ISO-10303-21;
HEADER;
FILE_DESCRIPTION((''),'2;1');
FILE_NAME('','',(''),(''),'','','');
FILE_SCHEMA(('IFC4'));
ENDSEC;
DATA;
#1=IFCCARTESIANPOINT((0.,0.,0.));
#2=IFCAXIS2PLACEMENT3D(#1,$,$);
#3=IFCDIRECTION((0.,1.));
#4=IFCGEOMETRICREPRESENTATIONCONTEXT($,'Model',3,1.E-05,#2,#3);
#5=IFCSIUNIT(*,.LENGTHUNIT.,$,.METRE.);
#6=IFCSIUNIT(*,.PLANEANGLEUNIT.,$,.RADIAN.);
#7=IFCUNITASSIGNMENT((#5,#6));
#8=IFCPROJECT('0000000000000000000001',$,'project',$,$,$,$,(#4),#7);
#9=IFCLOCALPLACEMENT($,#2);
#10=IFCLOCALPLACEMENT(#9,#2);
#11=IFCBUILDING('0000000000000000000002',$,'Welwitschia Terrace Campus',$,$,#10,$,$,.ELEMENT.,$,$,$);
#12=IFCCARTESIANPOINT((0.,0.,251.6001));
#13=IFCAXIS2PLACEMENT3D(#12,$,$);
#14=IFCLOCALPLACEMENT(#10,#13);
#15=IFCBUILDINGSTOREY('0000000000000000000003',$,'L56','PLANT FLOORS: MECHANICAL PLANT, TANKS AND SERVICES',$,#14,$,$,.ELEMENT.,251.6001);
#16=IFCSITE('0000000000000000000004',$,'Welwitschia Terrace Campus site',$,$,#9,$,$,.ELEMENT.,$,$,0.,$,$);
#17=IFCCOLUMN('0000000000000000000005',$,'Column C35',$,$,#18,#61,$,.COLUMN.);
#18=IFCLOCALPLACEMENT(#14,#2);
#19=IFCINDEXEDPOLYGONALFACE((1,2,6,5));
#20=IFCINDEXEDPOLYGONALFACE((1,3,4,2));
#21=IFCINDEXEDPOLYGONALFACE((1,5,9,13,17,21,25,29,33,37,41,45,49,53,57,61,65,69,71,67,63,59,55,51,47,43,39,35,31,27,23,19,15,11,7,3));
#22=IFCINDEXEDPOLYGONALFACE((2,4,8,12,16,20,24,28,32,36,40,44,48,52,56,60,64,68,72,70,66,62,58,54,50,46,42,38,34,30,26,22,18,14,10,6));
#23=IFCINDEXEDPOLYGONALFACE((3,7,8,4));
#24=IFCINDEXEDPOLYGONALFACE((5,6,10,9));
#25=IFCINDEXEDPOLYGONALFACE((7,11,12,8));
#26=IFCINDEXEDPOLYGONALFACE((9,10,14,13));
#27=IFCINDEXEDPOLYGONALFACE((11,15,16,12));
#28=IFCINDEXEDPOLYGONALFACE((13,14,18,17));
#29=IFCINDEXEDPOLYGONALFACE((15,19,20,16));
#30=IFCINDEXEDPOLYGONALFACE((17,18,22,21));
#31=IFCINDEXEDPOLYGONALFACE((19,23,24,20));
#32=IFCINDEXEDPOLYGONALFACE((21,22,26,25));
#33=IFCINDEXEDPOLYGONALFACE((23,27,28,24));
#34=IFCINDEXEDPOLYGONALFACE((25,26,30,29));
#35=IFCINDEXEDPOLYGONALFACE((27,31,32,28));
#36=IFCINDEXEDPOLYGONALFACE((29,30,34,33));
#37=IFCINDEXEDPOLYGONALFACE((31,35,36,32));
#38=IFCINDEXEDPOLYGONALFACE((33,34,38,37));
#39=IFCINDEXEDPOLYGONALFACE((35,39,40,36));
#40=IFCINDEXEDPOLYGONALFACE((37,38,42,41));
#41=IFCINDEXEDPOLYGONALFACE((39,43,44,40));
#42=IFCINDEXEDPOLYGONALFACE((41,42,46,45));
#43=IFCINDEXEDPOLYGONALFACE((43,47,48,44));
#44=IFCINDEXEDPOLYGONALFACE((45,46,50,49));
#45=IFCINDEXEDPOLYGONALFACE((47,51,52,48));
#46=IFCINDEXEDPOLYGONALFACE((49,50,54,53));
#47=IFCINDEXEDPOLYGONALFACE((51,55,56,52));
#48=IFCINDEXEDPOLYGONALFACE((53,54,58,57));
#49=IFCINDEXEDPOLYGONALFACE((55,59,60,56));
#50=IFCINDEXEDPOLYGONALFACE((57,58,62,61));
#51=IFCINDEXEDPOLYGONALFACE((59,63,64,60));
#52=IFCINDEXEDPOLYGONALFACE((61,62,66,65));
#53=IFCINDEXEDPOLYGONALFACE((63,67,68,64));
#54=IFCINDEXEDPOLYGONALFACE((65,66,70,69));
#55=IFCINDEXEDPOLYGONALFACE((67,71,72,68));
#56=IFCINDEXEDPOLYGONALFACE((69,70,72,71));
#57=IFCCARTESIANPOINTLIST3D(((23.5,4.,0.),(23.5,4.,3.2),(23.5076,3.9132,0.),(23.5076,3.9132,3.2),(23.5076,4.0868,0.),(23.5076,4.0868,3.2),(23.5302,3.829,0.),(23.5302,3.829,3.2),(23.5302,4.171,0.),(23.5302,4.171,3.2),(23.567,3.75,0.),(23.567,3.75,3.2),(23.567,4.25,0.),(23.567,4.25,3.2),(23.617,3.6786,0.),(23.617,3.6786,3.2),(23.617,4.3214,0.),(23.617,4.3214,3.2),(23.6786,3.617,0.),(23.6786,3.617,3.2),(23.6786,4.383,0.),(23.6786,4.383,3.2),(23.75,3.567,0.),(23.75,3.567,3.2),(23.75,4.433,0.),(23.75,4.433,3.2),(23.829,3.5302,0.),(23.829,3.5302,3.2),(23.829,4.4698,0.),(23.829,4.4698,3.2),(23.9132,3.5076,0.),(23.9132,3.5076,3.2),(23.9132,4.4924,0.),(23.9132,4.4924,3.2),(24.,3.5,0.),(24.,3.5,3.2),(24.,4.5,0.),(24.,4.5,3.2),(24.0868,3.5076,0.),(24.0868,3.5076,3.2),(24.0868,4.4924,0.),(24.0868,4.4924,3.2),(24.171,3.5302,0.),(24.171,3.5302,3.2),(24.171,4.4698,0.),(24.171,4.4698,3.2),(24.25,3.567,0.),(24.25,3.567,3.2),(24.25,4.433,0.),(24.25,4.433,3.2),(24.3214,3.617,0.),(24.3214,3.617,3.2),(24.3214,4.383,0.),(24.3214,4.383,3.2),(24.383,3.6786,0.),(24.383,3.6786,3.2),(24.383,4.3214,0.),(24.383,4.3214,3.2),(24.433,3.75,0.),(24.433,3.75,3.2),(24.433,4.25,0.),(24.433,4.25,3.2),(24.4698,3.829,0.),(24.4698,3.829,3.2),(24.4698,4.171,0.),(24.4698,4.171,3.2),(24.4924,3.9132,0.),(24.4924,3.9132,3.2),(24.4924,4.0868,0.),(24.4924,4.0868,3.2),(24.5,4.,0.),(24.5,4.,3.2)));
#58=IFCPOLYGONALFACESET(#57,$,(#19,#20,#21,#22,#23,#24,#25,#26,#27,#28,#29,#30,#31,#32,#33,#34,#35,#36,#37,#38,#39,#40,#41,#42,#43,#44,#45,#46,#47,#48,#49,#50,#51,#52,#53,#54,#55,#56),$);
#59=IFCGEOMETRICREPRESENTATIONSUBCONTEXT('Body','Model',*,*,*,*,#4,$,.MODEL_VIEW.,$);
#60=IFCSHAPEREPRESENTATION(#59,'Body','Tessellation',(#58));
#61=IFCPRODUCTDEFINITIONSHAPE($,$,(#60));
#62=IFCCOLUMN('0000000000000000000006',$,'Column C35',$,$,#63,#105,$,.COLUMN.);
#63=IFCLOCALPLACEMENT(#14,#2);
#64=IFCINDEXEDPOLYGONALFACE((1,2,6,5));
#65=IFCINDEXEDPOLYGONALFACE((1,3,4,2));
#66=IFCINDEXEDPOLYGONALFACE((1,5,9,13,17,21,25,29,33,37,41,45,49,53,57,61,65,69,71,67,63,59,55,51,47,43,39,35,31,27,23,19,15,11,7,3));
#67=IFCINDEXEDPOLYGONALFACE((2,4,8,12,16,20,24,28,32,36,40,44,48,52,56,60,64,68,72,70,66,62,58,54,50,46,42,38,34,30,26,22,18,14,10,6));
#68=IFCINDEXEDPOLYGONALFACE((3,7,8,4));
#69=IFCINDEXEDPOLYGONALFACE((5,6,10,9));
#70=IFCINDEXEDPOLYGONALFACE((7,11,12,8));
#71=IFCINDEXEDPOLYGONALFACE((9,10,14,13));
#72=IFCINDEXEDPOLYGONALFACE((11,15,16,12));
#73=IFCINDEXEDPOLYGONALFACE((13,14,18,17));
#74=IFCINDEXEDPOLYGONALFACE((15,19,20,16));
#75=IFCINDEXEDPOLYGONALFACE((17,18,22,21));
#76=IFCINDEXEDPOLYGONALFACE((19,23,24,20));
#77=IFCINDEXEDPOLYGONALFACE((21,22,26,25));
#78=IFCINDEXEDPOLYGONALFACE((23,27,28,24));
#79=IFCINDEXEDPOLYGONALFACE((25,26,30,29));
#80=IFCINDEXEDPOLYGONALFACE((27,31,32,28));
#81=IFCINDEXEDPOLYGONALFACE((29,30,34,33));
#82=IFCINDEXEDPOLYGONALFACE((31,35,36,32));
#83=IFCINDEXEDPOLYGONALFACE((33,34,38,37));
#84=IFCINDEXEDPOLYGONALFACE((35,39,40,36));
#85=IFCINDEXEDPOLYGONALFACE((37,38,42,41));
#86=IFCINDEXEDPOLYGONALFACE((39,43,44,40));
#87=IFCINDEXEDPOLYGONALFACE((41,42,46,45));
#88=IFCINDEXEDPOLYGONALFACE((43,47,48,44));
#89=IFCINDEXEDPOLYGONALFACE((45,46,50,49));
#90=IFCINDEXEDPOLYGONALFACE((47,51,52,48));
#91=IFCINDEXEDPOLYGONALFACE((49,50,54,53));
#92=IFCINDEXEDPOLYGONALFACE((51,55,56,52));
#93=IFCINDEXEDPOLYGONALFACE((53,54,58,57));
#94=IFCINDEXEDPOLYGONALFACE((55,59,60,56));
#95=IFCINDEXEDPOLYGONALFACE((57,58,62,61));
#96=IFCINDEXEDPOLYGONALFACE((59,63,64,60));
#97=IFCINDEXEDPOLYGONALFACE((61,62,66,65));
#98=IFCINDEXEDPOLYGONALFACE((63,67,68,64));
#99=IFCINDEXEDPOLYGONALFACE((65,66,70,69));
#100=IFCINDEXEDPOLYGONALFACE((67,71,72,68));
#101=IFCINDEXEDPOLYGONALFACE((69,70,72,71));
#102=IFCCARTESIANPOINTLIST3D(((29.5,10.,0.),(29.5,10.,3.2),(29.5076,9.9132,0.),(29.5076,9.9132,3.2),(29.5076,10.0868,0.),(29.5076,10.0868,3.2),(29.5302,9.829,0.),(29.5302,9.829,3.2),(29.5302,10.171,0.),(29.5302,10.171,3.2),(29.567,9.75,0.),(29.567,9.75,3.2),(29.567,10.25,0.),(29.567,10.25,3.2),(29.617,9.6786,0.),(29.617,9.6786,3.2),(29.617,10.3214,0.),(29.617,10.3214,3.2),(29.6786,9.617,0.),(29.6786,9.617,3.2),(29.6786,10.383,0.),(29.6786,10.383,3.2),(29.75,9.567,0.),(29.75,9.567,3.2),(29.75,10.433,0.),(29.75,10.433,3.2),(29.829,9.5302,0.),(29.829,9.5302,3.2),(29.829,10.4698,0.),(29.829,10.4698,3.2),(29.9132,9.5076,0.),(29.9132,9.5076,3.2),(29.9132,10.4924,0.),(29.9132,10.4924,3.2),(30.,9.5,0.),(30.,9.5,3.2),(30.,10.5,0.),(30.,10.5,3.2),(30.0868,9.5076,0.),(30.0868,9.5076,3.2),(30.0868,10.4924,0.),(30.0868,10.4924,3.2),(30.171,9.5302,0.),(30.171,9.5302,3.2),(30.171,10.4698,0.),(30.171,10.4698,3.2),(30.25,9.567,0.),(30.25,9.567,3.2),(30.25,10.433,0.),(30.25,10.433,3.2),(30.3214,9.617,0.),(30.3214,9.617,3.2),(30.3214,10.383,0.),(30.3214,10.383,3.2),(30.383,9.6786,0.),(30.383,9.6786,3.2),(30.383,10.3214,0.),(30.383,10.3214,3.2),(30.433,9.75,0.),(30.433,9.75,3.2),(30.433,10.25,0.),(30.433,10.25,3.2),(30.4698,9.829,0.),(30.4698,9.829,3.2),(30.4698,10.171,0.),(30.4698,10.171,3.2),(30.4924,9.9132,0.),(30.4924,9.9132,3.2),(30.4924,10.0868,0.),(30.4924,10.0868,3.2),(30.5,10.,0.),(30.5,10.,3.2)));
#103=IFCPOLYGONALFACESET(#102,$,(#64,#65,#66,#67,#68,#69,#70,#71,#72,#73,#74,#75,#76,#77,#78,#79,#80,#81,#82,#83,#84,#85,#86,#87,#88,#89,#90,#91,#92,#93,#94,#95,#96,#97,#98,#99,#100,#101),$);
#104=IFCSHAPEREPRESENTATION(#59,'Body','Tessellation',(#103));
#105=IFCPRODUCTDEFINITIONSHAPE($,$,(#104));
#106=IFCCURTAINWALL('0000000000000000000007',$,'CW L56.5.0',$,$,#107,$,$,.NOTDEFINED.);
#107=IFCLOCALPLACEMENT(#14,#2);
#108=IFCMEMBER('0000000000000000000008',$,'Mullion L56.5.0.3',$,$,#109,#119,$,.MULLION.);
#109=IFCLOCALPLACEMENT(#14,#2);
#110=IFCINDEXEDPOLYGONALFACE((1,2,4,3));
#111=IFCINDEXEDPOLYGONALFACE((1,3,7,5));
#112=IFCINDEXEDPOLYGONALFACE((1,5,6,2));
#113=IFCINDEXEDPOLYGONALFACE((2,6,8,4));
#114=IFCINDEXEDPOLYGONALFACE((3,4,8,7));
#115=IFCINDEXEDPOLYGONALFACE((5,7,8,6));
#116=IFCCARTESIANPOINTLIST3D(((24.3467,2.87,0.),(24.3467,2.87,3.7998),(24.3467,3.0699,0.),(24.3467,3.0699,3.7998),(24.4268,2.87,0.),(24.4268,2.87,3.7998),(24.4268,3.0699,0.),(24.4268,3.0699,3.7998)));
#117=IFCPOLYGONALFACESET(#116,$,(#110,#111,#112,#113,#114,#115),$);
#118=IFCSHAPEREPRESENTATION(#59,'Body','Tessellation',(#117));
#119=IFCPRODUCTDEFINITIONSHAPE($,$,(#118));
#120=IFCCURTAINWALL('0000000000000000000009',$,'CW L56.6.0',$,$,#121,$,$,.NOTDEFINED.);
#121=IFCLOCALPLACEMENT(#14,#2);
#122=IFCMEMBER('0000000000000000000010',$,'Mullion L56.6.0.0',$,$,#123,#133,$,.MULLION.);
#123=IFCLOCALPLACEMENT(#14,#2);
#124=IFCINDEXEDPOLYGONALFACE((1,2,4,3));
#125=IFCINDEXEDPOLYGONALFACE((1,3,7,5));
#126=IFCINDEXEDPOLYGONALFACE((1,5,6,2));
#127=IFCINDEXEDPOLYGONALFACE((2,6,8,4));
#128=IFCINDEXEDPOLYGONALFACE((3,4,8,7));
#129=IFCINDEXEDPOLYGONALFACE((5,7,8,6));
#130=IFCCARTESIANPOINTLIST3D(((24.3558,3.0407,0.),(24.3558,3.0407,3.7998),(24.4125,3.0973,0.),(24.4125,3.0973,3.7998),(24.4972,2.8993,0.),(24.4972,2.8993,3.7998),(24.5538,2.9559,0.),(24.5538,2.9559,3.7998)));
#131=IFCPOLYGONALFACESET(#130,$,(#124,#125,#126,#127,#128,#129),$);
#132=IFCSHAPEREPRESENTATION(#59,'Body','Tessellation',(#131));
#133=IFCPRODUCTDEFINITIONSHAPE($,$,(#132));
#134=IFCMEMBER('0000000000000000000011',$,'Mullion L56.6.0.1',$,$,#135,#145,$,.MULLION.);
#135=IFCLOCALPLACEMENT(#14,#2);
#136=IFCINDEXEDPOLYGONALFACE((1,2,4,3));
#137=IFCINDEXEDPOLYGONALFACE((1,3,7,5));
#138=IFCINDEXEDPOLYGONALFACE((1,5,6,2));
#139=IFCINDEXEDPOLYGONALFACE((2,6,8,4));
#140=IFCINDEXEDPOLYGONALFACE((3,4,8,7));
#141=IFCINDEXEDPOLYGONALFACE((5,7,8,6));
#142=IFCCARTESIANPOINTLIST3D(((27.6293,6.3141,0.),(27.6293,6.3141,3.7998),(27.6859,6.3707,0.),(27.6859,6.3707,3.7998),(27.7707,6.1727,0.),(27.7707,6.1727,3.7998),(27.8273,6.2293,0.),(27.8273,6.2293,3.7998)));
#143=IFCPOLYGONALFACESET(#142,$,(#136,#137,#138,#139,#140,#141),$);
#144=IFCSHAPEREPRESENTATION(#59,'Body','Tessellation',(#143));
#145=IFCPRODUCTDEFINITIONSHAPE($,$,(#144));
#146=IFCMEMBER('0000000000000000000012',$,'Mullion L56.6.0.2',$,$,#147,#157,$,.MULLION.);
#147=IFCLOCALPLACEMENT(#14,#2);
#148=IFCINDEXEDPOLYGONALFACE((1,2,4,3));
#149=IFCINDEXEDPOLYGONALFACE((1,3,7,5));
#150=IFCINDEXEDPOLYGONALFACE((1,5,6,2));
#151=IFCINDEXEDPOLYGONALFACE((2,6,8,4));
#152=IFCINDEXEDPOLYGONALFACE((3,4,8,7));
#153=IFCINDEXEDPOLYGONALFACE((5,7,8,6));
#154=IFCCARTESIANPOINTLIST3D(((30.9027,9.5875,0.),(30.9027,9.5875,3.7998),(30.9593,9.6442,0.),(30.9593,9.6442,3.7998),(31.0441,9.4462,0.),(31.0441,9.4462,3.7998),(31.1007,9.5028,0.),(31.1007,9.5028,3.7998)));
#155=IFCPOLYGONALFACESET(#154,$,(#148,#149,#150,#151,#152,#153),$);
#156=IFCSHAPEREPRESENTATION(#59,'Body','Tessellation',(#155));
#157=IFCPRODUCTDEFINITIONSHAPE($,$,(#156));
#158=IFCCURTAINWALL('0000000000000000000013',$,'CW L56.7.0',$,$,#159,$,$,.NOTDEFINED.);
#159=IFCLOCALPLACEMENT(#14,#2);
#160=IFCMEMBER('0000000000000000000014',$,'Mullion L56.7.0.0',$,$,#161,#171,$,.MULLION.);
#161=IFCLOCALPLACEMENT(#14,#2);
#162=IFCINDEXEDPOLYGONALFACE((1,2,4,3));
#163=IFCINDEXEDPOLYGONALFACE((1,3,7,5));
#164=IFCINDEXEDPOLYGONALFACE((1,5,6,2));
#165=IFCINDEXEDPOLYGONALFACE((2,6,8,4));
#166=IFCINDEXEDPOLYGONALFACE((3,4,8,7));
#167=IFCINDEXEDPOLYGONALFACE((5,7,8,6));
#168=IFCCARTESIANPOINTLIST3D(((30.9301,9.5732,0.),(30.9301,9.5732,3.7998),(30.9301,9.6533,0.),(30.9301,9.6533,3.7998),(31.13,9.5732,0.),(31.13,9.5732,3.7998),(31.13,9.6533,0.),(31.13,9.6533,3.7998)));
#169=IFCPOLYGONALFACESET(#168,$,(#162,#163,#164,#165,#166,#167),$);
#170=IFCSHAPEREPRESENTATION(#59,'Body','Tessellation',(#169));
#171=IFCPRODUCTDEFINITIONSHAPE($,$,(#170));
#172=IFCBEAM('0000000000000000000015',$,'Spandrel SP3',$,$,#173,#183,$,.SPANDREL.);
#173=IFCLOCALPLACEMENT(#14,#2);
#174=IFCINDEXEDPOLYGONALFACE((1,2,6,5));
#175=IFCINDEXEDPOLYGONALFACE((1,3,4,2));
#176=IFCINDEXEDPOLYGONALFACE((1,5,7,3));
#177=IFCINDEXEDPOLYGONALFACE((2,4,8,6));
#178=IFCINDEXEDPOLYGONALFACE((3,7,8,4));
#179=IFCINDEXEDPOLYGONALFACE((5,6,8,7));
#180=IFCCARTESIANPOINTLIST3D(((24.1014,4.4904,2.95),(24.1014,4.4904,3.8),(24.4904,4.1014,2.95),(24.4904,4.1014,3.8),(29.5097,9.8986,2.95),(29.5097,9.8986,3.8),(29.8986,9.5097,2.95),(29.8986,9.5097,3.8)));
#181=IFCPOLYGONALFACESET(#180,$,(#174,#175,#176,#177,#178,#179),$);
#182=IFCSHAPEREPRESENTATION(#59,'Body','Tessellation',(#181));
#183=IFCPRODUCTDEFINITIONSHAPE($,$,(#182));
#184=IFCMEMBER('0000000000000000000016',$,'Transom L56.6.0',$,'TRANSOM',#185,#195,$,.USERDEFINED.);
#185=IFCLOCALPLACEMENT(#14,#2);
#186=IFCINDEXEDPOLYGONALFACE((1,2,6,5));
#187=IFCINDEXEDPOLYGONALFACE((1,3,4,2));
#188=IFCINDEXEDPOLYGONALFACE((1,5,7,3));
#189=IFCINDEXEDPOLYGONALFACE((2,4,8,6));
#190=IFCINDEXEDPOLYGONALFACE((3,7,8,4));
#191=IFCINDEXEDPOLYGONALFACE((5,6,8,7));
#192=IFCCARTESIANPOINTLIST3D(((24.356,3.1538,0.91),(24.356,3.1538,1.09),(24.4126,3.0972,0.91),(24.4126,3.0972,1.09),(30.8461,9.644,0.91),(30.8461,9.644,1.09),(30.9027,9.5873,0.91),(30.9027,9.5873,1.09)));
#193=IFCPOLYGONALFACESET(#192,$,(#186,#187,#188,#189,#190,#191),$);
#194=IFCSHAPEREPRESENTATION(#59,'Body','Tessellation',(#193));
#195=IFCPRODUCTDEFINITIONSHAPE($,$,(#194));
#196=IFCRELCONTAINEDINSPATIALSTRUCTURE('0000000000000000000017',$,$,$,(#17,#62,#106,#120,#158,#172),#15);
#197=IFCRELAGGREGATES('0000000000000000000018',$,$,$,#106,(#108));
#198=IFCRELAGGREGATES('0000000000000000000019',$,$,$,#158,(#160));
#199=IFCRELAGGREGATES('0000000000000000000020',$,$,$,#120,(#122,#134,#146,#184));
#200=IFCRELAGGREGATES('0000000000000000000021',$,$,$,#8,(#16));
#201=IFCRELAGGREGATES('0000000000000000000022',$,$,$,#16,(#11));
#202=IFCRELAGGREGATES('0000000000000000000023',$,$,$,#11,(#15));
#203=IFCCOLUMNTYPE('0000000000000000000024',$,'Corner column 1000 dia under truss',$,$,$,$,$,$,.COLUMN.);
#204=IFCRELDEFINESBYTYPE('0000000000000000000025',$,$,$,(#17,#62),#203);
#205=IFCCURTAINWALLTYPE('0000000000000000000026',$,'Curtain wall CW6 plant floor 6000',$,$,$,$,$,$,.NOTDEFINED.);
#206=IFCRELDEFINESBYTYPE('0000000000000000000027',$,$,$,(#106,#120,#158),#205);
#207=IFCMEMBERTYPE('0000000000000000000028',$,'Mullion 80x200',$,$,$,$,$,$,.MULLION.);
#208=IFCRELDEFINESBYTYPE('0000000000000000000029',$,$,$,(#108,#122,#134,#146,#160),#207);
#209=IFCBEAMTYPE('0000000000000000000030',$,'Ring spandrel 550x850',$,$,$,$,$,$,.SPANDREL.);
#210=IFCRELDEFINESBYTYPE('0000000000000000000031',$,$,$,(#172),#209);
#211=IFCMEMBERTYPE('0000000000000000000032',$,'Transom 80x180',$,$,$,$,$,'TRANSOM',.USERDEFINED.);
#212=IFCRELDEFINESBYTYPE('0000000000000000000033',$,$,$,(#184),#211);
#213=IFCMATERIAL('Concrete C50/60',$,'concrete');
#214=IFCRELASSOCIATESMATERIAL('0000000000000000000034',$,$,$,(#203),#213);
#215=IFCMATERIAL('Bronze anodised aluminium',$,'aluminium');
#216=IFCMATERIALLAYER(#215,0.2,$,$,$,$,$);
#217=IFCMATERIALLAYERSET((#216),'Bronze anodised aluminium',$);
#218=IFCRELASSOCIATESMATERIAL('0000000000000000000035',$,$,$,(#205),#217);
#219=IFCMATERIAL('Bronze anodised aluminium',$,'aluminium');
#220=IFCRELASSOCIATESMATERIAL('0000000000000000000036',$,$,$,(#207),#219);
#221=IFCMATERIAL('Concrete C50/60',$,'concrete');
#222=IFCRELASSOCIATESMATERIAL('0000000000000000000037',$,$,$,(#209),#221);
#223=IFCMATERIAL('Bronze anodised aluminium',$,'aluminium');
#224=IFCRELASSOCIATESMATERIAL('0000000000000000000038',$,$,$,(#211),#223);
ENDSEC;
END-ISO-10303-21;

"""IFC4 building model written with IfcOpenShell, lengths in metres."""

from ifc_helpers import new_model, si_unit, direction, frame, origin, origin_2d, place, context, subcontext, project, spatial, rectangle, circle, extrude, material, layer, layer_set, material_profile, profile_set, type_object, element, aggregate, save


model = new_model("IFC4")

# Units and contexts
model_context = context("Model", 3, precision=1e-05, world=origin(), true_north=direction((0.0, 1.0)))
body_context = subcontext(model_context, "Body", "Model", "MODEL_VIEW")
ifc_project = project(units=[si_unit("LENGTHUNIT", "METRE"), si_unit("PLANEANGLEUNIT", "RADIAN")], contexts=[model_context])

# Site, building, storey
site_placement = place(None, origin())
site = spatial("IfcSite", under=ifc_project, at=site_placement, Name="Welwitschia Terrace Campus site", CompositionType="ELEMENT", RefElevation=0.0)
building_placement = place(site_placement, origin())
building = spatial("IfcBuilding", under=site, at=building_placement, Name="Welwitschia Terrace Campus", CompositionType="ELEMENT")
storey_placement = place(building_placement, frame((0.0, 0.0, 251.6001)))
storey = spatial("IfcBuildingStorey", under=building, at=storey_placement, Name="L56", Description="PLANT FLOORS: MECHANICAL PLANT, TANKS AND SERVICES", CompositionType="ELEMENT", Elevation=251.6001)

# Columns
ifc_material_1 = material(Name="Concrete C50/60", Category="concrete")
ifc_material_profile_1 = material_profile(ifc_material_1, circle(Radius=0.5, at=origin_2d()))
ifc_profile_set_1 = profile_set([ifc_material_profile_1], Name="Concrete C50/60")
column_type = type_object("IfcColumnType", Name="Corner column 1000 dia under truss", PredefinedType="COLUMN", material=ifc_profile_set_1)
for number, where, z_axis, x_axis, name in (
    (1, (24.0, 4.0, 0.0), (0.0, 0.0, 1.0), (1.0, 0.0, 0.0), "Column C35"),
    (2, (30.0, 10.0, 0.0), (0.0, 0.0, 1.0), (1.0, 0.0, 0.0), "Column C35"),
):
    element("IfcColumn", number, at=place(storey_placement, frame(where, z_axis=z_axis, x_axis=x_axis)), inside=storey, type_object=column_type, Name=name, PredefinedType="COLUMN", context=body_context, shape_type="SweptSolid", body=[
        extrude(circle(Radius=0.5, at=origin_2d()), origin(), (0.0, 0.0, 1.0), 3.2),
    ])

# Curtain wall, member
ifc_material_2 = material(Name="Bronze anodised aluminium", Category="aluminium")
ifc_layer_1 = layer(ifc_material_2, 0.2)
ifc_layer_set_1 = layer_set([ifc_layer_1], Name="Bronze anodised aluminium")
curtain_wall_type = type_object("IfcCurtainWallType", Name="Curtain wall CW6 plant floor 6000", PredefinedType="NOTDEFINED", material=ifc_layer_set_1)
curtain_wall_1_placement = place(storey_placement, origin())
curtain_wall_1 = element("IfcCurtainWall", 3, at=curtain_wall_1_placement, inside=storey, type_object=curtain_wall_type, Name="CW L56.5.0", PredefinedType="NOTDEFINED")
ifc_material_3 = material(Name="Bronze anodised aluminium", Category="aluminium")
ifc_material_profile_2 = material_profile(ifc_material_3, rectangle(XDim=0.2, YDim=0.0801, at=origin_2d()))
ifc_profile_set_2 = profile_set([ifc_material_profile_2], Name="Bronze anodised aluminium")
member_type_1 = type_object("IfcMemberType", Name="Mullion 80x200", PredefinedType="MULLION", material=ifc_profile_set_2)
member_1_placement = place(storey_placement, frame((24.3867, 2.97, 0.0), z_axis=(0.0, 0.0, 1.0), x_axis=(0.0, 1.0, 0.0)))
member_1 = element("IfcMember", 4, at=member_1_placement, type_object=member_type_1, Name="Mullion L56.5.0.3", PredefinedType="MULLION", context=body_context, shape_type="SweptSolid", body=[
    extrude(rectangle(XDim=0.2, YDim=0.0801, at=origin_2d()), origin(), (0.0, 0.0, 1.0), 3.7998),
])
aggregate(curtain_wall_1, [member_1])

# Curtain wall, members
curtain_wall_2_placement = place(storey_placement, origin())
curtain_wall_2 = element("IfcCurtainWall", 5, at=curtain_wall_2_placement, inside=storey, type_object=curtain_wall_type, Name="CW L56.6.0", PredefinedType="NOTDEFINED")
member_2_placement = place(storey_placement, frame((24.4548, 2.9983, 0.0), z_axis=(0.0, 0.0, 1.0), x_axis=(-0.707107, 0.707107, 0.0)))
member_2 = element("IfcMember", 6, at=member_2_placement, type_object=member_type_1, Name="Mullion L56.6.0.0", PredefinedType="MULLION", context=body_context, shape_type="SweptSolid", body=[
    extrude(rectangle(XDim=0.2, YDim=0.0801, at=origin_2d()), origin(), (0.0, 0.0, 1.0), 3.7998),
])
member_3_placement = place(storey_placement, frame((27.7283, 6.2717, 0.0), z_axis=(0.0, 0.0, 1.0), x_axis=(-0.707107, 0.707107, 0.0)))
member_3 = element("IfcMember", 7, at=member_3_placement, type_object=member_type_1, Name="Mullion L56.6.0.1", PredefinedType="MULLION", context=body_context, shape_type="SweptSolid", body=[
    extrude(rectangle(XDim=0.2, YDim=0.0801, at=origin_2d()), origin(), (0.0, 0.0, 1.0), 3.7998),
])
member_4_placement = place(storey_placement, frame((31.0017, 9.5452, 0.0), z_axis=(0.0, 0.0, 1.0), x_axis=(-0.707107, 0.707107, 0.0)))
member_4 = element("IfcMember", 8, at=member_4_placement, type_object=member_type_1, Name="Mullion L56.6.0.2", PredefinedType="MULLION", context=body_context, shape_type="SweptSolid", body=[
    extrude(rectangle(XDim=0.2, YDim=0.0801, at=origin_2d()), origin(), (0.0, 0.0, 1.0), 3.7998),
])

# Curtain wall, member
curtain_wall_3_placement = place(storey_placement, origin())
curtain_wall_3 = element("IfcCurtainWall", 9, at=curtain_wall_3_placement, inside=storey, type_object=curtain_wall_type, Name="CW L56.7.0", PredefinedType="NOTDEFINED")
member_5_placement = place(storey_placement, frame((31.03, 9.6133, 0.0), z_axis=(0.0, 0.0, 1.0), x_axis=(-1.0, 0.0, 0.0)))
member_5 = element("IfcMember", 10, at=member_5_placement, type_object=member_type_1, Name="Mullion L56.7.0.0", PredefinedType="MULLION", context=body_context, shape_type="SweptSolid", body=[
    extrude(rectangle(XDim=0.2, YDim=0.0801, at=origin_2d()), origin(), (0.0, 0.0, 1.0), 3.7998),
])

# Beam
ifc_material_4 = material(Name="Concrete C50/60", Category="concrete")
ifc_material_profile_3 = material_profile(ifc_material_4, rectangle(XDim=0.55, YDim=0.8501, at=origin_2d()))
ifc_profile_set_3 = profile_set([ifc_material_profile_3], Name="Concrete C50/60")
beam_type = type_object("IfcBeamType", Name="Ring spandrel 550x850", PredefinedType="SPANDREL", material=ifc_profile_set_3)
beam_placement = place(storey_placement, frame((24.2959, 4.2959, 3.375), z_axis=(0.707107, 0.707107, 0.0), x_axis=(-0.707107, 0.707107, 0.0)))
element("IfcBeam", 11, at=beam_placement, inside=storey, type_object=beam_type, Name="Spandrel SP3", PredefinedType="SPANDREL", context=body_context, shape_type="SweptSolid", body=[
    extrude(rectangle(XDim=0.55, YDim=0.8501, at=origin_2d()), origin(), (0.0, 0.0, 1.0), 7.6484),
])

# Member
ifc_material_5 = material(Name="Bronze anodised aluminium", Category="aluminium")
ifc_material_profile_4 = material_profile(ifc_material_5, rectangle(XDim=0.0801, YDim=0.1799, at=origin_2d()))
ifc_profile_set_4 = profile_set([ifc_material_profile_4], Name="Bronze anodised aluminium")
member_type_2 = type_object("IfcMemberType", Name="Transom 80x180", ElementType="TRANSOM", PredefinedType="USERDEFINED", material=ifc_profile_set_4)
member_6_placement = place(storey_placement, frame((24.3843, 3.1255, 1.0), z_axis=(0.707107, 0.707107, 0.0), x_axis=(-0.707107, 0.707107, 0.0)))
member_6 = element("IfcMember", 12, at=member_6_placement, type_object=member_type_2, Name="Transom L56.6.0", ObjectType="TRANSOM", PredefinedType="USERDEFINED", context=body_context, shape_type="SweptSolid", body=[
    extrude(rectangle(XDim=0.0801, YDim=0.1799, at=origin_2d()), origin(), (0.0, 0.0, 1.0), 9.1785),
])
aggregate(curtain_wall_3, [member_5])

aggregate(curtain_wall_2, [member_2, member_3, member_4, member_6])

save(model, "model.ifc")
